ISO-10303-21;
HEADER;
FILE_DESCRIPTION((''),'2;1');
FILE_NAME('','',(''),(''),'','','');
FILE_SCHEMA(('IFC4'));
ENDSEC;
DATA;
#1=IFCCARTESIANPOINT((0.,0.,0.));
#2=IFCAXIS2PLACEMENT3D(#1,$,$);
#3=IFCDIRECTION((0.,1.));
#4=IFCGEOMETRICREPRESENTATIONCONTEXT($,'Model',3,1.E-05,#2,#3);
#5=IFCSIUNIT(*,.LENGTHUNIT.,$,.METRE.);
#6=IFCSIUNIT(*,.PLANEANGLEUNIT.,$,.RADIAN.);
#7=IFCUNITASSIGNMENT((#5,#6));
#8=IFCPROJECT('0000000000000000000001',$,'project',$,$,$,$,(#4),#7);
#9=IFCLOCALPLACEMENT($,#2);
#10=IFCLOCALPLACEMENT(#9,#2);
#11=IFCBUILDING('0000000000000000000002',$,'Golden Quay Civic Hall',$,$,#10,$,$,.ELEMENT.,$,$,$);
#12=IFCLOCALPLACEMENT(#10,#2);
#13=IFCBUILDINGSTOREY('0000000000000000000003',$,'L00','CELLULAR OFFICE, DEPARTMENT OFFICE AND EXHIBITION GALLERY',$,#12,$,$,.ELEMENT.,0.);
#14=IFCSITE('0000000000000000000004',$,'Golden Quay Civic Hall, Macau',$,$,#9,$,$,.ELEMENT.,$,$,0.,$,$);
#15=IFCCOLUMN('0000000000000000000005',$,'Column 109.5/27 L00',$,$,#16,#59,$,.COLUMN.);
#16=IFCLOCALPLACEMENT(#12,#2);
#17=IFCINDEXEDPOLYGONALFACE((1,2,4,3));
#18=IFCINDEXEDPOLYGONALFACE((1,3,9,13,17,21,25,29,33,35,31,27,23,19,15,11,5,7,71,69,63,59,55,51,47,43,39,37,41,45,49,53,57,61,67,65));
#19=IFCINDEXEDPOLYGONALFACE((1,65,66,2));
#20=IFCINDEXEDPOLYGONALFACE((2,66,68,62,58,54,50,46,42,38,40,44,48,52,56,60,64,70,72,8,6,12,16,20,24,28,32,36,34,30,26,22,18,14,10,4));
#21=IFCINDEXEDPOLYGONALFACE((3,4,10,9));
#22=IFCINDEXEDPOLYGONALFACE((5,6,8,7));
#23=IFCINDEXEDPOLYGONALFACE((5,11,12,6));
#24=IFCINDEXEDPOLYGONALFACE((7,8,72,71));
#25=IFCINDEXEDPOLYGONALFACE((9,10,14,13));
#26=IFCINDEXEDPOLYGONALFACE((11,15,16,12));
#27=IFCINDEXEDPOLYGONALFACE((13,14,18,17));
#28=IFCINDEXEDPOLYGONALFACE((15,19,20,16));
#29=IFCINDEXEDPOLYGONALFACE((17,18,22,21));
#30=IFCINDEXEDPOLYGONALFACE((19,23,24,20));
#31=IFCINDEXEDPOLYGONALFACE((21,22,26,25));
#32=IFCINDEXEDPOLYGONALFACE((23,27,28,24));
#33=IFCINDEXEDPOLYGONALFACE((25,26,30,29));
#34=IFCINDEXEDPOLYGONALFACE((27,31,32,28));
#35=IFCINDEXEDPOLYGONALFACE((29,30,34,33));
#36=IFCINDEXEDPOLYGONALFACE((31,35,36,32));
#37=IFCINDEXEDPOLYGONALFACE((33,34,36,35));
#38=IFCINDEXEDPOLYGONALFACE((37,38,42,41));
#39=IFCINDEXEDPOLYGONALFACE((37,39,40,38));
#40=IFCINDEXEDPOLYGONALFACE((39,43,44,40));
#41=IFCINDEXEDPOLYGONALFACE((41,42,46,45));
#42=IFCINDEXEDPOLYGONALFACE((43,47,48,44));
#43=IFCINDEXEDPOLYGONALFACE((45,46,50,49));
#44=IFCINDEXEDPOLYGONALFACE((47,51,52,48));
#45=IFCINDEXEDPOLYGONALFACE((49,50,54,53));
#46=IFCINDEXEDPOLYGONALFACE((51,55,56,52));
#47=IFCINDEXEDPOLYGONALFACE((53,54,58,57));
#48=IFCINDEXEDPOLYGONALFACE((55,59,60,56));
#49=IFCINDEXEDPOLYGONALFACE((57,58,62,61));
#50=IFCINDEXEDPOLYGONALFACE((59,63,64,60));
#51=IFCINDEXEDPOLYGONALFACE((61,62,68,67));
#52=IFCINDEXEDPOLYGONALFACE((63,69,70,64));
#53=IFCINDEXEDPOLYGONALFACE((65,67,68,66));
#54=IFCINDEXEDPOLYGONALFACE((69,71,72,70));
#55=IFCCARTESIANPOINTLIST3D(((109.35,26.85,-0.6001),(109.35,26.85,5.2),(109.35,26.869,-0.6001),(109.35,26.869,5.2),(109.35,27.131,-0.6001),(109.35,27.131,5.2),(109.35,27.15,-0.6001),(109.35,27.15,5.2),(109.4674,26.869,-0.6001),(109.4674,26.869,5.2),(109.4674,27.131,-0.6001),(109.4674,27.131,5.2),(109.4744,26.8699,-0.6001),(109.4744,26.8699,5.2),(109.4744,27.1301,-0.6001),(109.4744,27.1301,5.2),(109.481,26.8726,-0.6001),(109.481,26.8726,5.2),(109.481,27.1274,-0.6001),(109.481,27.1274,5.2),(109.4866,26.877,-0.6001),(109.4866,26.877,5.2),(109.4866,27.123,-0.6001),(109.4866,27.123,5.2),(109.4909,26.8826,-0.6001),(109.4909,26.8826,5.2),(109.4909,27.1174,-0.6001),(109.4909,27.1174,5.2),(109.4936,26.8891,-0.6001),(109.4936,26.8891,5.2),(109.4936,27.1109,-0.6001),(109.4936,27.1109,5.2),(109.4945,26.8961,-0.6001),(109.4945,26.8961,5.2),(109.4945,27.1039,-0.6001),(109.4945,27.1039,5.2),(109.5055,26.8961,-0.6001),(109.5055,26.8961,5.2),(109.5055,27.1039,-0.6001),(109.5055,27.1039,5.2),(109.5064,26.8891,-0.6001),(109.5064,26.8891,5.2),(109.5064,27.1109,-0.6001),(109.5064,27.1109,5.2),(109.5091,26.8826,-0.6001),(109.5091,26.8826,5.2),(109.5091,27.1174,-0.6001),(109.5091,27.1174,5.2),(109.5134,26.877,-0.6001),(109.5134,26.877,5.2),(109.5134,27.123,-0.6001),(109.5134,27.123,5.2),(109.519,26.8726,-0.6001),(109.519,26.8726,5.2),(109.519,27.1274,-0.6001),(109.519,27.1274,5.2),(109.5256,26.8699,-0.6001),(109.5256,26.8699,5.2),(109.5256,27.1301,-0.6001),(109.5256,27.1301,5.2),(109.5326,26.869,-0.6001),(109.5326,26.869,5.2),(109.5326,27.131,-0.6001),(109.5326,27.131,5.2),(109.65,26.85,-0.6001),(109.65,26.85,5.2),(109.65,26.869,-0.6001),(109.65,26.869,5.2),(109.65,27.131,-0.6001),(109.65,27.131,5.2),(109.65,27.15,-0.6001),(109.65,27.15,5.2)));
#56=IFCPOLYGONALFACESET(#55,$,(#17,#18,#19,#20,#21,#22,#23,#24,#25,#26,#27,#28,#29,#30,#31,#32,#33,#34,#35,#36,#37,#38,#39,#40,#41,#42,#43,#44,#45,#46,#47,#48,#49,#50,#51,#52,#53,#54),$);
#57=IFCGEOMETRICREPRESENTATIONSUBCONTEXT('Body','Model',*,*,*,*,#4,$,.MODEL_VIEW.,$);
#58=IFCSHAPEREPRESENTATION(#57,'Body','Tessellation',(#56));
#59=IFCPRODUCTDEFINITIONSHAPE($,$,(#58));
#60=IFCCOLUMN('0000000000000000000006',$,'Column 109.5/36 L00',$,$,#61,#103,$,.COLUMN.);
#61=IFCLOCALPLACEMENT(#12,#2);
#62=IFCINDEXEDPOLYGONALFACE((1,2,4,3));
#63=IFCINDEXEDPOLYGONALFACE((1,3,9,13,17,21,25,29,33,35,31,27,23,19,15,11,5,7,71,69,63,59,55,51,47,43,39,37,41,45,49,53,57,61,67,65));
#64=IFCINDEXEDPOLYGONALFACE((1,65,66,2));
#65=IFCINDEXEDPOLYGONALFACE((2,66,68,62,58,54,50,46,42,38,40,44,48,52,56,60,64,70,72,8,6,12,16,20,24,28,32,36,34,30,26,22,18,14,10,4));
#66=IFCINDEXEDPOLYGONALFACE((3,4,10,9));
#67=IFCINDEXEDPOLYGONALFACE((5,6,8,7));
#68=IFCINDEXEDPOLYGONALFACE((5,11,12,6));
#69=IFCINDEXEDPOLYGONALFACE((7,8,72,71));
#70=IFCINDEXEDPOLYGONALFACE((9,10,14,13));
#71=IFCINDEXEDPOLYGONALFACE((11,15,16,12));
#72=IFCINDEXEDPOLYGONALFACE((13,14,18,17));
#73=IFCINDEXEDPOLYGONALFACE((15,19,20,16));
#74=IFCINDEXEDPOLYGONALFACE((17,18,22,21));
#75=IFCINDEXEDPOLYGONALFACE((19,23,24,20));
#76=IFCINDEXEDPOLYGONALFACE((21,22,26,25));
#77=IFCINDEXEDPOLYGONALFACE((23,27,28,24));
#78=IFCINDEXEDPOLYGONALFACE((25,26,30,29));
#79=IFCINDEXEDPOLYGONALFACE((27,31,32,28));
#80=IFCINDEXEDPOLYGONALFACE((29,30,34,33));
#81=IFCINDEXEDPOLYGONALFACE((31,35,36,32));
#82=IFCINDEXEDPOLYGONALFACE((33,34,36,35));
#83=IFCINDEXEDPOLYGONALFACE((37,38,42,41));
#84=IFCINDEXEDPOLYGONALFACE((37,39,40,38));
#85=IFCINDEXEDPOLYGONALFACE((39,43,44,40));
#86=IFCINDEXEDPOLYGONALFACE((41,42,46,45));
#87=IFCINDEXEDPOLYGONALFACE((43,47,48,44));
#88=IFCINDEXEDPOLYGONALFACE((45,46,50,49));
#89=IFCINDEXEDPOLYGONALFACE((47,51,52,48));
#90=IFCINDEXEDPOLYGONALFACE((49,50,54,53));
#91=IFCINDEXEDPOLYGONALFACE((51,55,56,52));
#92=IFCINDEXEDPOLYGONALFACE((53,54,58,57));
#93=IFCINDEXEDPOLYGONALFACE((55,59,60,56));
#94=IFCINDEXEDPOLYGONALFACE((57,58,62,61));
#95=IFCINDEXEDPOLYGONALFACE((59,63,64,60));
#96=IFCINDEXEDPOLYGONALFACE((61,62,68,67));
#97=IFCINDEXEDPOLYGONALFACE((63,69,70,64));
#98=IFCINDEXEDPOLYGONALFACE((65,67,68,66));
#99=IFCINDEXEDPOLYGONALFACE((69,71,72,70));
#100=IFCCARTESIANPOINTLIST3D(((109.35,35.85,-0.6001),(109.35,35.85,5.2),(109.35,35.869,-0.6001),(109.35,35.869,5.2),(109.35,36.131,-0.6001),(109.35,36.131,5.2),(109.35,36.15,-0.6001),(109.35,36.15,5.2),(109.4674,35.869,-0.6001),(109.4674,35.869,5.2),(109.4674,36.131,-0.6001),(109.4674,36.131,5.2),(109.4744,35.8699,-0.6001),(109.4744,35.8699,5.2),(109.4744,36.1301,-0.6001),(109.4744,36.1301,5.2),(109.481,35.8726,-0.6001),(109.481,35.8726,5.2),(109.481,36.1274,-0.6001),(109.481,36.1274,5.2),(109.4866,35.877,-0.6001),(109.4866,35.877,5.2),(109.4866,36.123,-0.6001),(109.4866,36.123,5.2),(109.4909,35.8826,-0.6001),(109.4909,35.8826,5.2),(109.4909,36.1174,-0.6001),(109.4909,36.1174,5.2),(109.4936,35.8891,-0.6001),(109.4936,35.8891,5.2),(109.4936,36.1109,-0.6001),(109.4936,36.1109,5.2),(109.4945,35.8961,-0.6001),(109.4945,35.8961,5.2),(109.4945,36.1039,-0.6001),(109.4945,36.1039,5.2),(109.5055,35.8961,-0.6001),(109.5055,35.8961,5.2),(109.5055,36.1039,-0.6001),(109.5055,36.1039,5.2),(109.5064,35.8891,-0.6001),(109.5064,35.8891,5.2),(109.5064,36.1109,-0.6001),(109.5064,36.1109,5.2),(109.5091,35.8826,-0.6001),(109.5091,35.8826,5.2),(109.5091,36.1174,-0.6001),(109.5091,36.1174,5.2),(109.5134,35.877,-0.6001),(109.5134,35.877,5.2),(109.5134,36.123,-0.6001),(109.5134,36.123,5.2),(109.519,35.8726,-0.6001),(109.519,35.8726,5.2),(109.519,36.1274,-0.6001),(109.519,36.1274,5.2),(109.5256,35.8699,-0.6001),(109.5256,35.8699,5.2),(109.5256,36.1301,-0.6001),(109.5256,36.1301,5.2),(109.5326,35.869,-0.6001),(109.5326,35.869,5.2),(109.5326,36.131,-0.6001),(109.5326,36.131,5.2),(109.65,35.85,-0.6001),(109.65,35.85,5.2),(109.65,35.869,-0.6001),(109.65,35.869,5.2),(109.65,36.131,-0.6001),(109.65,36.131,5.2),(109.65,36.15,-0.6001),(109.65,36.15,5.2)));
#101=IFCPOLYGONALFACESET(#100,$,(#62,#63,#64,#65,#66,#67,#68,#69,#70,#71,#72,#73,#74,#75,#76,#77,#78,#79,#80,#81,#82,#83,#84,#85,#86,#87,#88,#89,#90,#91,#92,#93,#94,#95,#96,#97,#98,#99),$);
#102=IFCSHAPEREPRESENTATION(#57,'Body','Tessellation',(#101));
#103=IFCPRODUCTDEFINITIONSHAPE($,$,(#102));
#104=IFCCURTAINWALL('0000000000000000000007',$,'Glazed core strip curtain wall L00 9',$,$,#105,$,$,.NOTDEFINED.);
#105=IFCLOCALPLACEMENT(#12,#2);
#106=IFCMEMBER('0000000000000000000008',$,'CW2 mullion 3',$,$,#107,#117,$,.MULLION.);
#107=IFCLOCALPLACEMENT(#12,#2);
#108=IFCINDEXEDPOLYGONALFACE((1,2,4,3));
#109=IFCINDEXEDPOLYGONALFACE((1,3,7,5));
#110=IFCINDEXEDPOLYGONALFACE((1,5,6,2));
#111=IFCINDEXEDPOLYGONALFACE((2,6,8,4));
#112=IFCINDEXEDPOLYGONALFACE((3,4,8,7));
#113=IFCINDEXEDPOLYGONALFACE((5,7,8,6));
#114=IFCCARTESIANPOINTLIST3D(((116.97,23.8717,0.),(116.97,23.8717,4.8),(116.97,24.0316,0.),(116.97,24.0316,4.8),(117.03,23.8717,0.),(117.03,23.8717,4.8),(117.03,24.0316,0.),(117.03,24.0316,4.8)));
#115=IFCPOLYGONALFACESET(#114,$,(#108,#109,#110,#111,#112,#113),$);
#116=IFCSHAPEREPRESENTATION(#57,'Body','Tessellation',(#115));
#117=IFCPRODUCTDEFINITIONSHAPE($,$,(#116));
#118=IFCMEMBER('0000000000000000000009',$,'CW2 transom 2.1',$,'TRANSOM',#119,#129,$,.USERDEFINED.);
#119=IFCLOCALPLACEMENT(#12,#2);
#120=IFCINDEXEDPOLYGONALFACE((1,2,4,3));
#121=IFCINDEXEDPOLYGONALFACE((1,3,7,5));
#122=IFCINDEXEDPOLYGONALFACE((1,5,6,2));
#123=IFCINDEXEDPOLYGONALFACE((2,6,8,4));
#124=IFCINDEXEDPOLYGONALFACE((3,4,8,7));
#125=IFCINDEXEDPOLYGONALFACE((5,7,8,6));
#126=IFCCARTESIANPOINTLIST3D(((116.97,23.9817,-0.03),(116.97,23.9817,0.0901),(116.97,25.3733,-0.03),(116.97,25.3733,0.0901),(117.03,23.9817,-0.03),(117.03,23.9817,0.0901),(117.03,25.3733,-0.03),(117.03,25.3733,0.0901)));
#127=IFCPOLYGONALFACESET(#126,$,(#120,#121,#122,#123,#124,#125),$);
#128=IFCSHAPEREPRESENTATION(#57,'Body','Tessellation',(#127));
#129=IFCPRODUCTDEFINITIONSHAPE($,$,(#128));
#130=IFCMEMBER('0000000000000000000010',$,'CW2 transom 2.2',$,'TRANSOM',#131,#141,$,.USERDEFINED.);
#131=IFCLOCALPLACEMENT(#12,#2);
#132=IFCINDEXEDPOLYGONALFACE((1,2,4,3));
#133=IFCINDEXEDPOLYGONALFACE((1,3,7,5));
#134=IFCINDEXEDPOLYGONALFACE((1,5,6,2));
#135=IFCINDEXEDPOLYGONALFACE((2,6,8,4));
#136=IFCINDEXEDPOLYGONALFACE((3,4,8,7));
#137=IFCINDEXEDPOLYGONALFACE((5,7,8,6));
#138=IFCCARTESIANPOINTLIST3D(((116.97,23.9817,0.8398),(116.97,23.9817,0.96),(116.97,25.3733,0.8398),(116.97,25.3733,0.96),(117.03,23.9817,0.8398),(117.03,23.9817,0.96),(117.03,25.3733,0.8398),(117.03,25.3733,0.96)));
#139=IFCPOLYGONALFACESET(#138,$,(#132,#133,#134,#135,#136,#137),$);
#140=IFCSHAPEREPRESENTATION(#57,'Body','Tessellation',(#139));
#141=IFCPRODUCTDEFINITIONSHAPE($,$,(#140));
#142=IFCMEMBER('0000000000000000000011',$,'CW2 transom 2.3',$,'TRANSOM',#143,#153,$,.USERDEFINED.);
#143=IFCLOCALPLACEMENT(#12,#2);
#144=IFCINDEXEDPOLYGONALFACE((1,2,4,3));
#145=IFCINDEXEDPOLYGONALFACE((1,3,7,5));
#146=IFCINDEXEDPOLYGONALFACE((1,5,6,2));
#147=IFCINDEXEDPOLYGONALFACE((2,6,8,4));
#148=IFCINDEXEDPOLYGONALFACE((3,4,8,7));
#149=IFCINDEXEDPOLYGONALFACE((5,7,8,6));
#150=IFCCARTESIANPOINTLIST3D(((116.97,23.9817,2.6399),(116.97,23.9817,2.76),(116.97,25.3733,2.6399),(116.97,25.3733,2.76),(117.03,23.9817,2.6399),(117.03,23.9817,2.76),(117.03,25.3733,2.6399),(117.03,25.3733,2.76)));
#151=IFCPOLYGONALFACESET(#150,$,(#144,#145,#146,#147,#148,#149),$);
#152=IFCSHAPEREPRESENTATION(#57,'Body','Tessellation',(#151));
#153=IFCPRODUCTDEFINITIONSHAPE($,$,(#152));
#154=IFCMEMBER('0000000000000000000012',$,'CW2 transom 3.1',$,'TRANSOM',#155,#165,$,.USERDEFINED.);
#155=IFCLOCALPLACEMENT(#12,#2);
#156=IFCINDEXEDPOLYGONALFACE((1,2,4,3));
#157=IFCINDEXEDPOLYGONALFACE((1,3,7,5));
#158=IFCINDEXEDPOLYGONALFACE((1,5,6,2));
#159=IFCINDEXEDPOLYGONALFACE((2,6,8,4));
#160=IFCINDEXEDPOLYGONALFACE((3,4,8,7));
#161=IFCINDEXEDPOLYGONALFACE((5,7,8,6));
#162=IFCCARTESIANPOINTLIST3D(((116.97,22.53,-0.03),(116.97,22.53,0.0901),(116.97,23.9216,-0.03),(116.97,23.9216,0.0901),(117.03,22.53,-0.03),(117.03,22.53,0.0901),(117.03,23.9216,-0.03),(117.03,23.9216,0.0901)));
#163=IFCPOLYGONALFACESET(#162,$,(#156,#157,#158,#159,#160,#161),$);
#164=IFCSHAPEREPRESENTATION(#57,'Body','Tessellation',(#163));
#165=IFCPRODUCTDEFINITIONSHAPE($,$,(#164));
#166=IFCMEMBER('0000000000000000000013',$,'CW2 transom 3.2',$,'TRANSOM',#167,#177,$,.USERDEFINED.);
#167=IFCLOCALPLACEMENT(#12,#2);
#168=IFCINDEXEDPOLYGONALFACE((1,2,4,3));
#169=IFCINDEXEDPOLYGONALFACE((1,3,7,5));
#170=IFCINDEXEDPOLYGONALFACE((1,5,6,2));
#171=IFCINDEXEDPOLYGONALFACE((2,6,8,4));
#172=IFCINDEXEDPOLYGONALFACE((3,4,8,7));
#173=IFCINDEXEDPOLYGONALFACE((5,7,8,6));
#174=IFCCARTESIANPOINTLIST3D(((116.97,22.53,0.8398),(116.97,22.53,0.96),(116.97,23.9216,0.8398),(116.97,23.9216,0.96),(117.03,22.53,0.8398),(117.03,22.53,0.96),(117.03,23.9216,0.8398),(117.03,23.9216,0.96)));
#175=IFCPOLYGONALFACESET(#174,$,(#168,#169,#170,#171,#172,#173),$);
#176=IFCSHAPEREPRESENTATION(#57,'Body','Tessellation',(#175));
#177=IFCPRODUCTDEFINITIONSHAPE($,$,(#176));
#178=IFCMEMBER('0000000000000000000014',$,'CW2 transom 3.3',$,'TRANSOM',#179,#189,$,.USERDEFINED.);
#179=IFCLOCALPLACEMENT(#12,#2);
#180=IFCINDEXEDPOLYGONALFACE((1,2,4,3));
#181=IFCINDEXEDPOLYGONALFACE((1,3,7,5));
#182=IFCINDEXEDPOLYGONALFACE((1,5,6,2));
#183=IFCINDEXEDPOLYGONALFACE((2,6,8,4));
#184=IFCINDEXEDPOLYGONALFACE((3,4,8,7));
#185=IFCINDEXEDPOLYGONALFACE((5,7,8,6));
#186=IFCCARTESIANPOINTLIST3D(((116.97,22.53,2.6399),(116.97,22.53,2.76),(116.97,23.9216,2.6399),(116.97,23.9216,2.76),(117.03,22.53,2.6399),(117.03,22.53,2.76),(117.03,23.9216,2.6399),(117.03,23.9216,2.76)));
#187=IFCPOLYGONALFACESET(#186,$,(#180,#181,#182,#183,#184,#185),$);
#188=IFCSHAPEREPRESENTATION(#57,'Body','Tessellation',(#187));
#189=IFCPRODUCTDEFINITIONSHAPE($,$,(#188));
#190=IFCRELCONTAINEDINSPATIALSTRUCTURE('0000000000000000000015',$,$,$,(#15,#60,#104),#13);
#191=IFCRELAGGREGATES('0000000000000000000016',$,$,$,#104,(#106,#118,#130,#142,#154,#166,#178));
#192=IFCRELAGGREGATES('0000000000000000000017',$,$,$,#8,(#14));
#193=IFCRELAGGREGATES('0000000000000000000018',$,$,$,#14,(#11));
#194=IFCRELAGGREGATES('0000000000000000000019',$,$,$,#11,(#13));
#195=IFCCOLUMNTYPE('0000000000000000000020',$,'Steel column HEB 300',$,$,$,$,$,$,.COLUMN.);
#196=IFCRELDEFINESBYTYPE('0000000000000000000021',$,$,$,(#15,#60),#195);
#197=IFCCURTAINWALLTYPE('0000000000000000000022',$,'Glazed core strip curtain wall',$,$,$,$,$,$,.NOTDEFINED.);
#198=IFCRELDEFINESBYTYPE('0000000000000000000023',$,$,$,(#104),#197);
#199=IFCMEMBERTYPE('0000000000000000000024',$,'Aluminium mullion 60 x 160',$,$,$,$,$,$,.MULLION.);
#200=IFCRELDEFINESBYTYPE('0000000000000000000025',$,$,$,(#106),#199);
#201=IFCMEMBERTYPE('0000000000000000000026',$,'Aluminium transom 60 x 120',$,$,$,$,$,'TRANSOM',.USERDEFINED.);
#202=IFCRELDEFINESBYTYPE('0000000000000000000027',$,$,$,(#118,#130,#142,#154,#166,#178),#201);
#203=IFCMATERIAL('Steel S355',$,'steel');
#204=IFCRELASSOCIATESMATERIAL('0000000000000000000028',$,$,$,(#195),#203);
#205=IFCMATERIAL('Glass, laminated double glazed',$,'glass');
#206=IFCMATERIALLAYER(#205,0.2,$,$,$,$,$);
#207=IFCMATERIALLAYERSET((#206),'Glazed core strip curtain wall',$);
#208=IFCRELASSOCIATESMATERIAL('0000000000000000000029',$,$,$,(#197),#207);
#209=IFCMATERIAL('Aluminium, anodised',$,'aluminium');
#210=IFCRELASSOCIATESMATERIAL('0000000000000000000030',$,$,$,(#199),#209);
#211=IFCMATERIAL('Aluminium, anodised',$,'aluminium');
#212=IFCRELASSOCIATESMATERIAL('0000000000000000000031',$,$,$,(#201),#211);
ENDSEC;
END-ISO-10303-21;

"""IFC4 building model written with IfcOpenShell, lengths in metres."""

from ifc_helpers import new_model, si_unit, direction, frame, origin, origin_2d, place, context, subcontext, project, spatial, rectangle, i_section, extrude, material, layer, layer_set, material_profile, profile_set, type_object, element, aggregate, save


model = new_model("IFC4")

# Units and contexts
model_context = context("Model", 3, precision=1e-05, world=origin(), true_north=direction((0.0, 1.0)))
body_context = subcontext(model_context, "Body", "Model", "MODEL_VIEW")
ifc_project = project(units=[si_unit("LENGTHUNIT", "METRE"), si_unit("PLANEANGLEUNIT", "RADIAN")], contexts=[model_context])

# Site, building, storey
site_placement = place(None, origin())
site = spatial("IfcSite", under=ifc_project, at=site_placement, Name="Golden Quay Civic Hall, Macau", CompositionType="ELEMENT", RefElevation=0.0)
building_placement = place(site_placement, origin())
building = spatial("IfcBuilding", under=site, at=building_placement, Name="Golden Quay Civic Hall", CompositionType="ELEMENT")
storey_placement = place(building_placement, origin())
storey = spatial("IfcBuildingStorey", under=building, at=storey_placement, Name="L00", Description="CELLULAR OFFICE, DEPARTMENT OFFICE AND EXHIBITION GALLERY", CompositionType="ELEMENT", Elevation=0.0)

# Columns
ifc_material_1 = material(Name="Steel S355", Category="steel")
ifc_material_profile_1 = material_profile(ifc_material_1, i_section(OverallWidth=0.3, OverallDepth=0.3, WebThickness=0.011, FlangeThickness=0.019, FilletRadius=0.0271, at=origin_2d()), Name="HEB 300")
ifc_profile_set_1 = profile_set([ifc_material_profile_1], Name="Steel S355")
column_type = type_object("IfcColumnType", Name="Steel column HEB 300", PredefinedType="COLUMN", material=ifc_profile_set_1)
for number, where, z_axis, x_axis, name in (
    (1, (109.5, 27.0, -0.6001), (0.0, 0.0, 1.0), (1.0, 0.0, 0.0), "Column 109.5/27 L00"),
    (2, (109.5, 36.0, -0.6001), (0.0, 0.0, 1.0), (1.0, 0.0, 0.0), "Column 109.5/36 L00"),
):
    element("IfcColumn", number, at=place(storey_placement, frame(where, z_axis=z_axis, x_axis=x_axis)), inside=storey, type_object=column_type, Name=name, PredefinedType="COLUMN", context=body_context, shape_type="SweptSolid", body=[
        extrude(i_section(OverallWidth=0.3, OverallDepth=0.3, WebThickness=0.011, FlangeThickness=0.019, FilletRadius=0.0271, at=origin_2d()), origin(), (0.0, 0.0, 1.0), 5.8),
    ])

# Curtain wall, members
ifc_material_2 = material(Name="Glass, laminated double glazed", Category="glass")
ifc_layer_1 = layer(ifc_material_2, 0.2)
ifc_layer_set_1 = layer_set([ifc_layer_1], Name="Glazed core strip curtain wall")
curtain_wall_type = type_object("IfcCurtainWallType", Name="Glazed core strip curtain wall", PredefinedType="NOTDEFINED", material=ifc_layer_set_1)
curtain_wall_placement = place(storey_placement, origin())
curtain_wall = element("IfcCurtainWall", 3, at=curtain_wall_placement, inside=storey, type_object=curtain_wall_type, Name="Glazed core strip curtain wall L00 9", PredefinedType="NOTDEFINED")
ifc_material_3 = material(Name="Aluminium, anodised", Category="aluminium")
ifc_material_profile_2 = material_profile(ifc_material_3, rectangle(XDim=0.0601, YDim=0.1599, at=origin_2d()), Name="Aluminium 60 x 160")
ifc_profile_set_2 = profile_set([ifc_material_profile_2], Name="Aluminium, anodised")
member_type_1 = type_object("IfcMemberType", Name="Aluminium mullion 60 x 160", PredefinedType="MULLION", material=ifc_profile_set_2)
member_1_placement = place(storey_placement, frame((117.0, 23.9517, 0.0), z_axis=(0.0, 0.0, 1.0), x_axis=(1.0, 0.0, 0.0)))
member_1 = element("IfcMember", 4, at=member_1_placement, type_object=member_type_1, Name="CW2 mullion 3", PredefinedType="MULLION", context=body_context, shape_type="SweptSolid", body=[
    extrude(rectangle(XDim=0.0601, YDim=0.1599, at=origin_2d()), origin(), (0.0, 0.0, 1.0), 4.8),
])
ifc_material_4 = material(Name="Aluminium, anodised", Category="aluminium")
ifc_material_profile_3 = material_profile(ifc_material_4, rectangle(XDim=0.0601, YDim=0.1201, at=origin_2d()), Name="Aluminium 60 x 120")
ifc_profile_set_3 = profile_set([ifc_material_profile_3], Name="Aluminium, anodised")
member_type_2 = type_object("IfcMemberType", Name="Aluminium transom 60 x 120", ElementType="TRANSOM", PredefinedType="USERDEFINED", material=ifc_profile_set_3)
member_2_placement = place(storey_placement, frame((117.0, 25.3733, 0.03), z_axis=(0.0, -1.0, 0.0), x_axis=(1.0, 0.0, 0.0)))
member_2 = element("IfcMember", 5, at=member_2_placement, type_object=member_type_2, Name="CW2 transom 2.1", ObjectType="TRANSOM", PredefinedType="USERDEFINED", context=body_context, shape_type="SweptSolid", body=[
    extrude(rectangle(XDim=0.0601, YDim=0.1201, at=origin_2d()), origin(), (0.0, 0.0, 1.0), 1.3916),
])
member_3_placement = place(storey_placement, frame((117.0, 25.3733, 0.8999), z_axis=(0.0, -1.0, 0.0), x_axis=(1.0, 0.0, 0.0)))
member_3 = element("IfcMember", 6, at=member_3_placement, type_object=member_type_2, Name="CW2 transom 2.2", ObjectType="TRANSOM", PredefinedType="USERDEFINED", context=body_context, shape_type="SweptSolid", body=[
    extrude(rectangle(XDim=0.0601, YDim=0.1201, at=origin_2d()), origin(), (0.0, 0.0, 1.0), 1.3916),
])
member_4_placement = place(storey_placement, frame((117.0, 25.3733, 2.7), z_axis=(0.0, -1.0, 0.0), x_axis=(1.0, 0.0, 0.0)))
member_4 = element("IfcMember", 7, at=member_4_placement, type_object=member_type_2, Name="CW2 transom 2.3", ObjectType="TRANSOM", PredefinedType="USERDEFINED", context=body_context, shape_type="SweptSolid", body=[
    extrude(rectangle(XDim=0.0601, YDim=0.1201, at=origin_2d()), origin(), (0.0, 0.0, 1.0), 1.3916),
])
member_5_placement = place(storey_placement, frame((117.0, 23.9216, 0.03), z_axis=(0.0, -1.0, 0.0), x_axis=(1.0, 0.0, 0.0)))
member_5 = element("IfcMember", 8, at=member_5_placement, type_object=member_type_2, Name="CW2 transom 3.1", ObjectType="TRANSOM", PredefinedType="USERDEFINED", context=body_context, shape_type="SweptSolid", body=[
    extrude(rectangle(XDim=0.0601, YDim=0.1201, at=origin_2d()), origin(), (0.0, 0.0, 1.0), 1.3916),
])
member_6_placement = place(storey_placement, frame((117.0, 23.9216, 0.8999), z_axis=(0.0, -1.0, 0.0), x_axis=(1.0, 0.0, 0.0)))
member_6 = element("IfcMember", 9, at=member_6_placement, type_object=member_type_2, Name="CW2 transom 3.2", ObjectType="TRANSOM", PredefinedType="USERDEFINED", context=body_context, shape_type="SweptSolid", body=[
    extrude(rectangle(XDim=0.0601, YDim=0.1201, at=origin_2d()), origin(), (0.0, 0.0, 1.0), 1.3916),
])
member_7_placement = place(storey_placement, frame((117.0, 23.9216, 2.7), z_axis=(0.0, -1.0, 0.0), x_axis=(1.0, 0.0, 0.0)))
member_7 = element("IfcMember", 10, at=member_7_placement, type_object=member_type_2, Name="CW2 transom 3.3", ObjectType="TRANSOM", PredefinedType="USERDEFINED", context=body_context, shape_type="SweptSolid", body=[
    extrude(rectangle(XDim=0.0601, YDim=0.1201, at=origin_2d()), origin(), (0.0, 0.0, 1.0), 1.3916),
])
aggregate(curtain_wall, [member_1, member_2, member_3, member_4, member_5, member_6, member_7])

save(model, "model.ifc")
